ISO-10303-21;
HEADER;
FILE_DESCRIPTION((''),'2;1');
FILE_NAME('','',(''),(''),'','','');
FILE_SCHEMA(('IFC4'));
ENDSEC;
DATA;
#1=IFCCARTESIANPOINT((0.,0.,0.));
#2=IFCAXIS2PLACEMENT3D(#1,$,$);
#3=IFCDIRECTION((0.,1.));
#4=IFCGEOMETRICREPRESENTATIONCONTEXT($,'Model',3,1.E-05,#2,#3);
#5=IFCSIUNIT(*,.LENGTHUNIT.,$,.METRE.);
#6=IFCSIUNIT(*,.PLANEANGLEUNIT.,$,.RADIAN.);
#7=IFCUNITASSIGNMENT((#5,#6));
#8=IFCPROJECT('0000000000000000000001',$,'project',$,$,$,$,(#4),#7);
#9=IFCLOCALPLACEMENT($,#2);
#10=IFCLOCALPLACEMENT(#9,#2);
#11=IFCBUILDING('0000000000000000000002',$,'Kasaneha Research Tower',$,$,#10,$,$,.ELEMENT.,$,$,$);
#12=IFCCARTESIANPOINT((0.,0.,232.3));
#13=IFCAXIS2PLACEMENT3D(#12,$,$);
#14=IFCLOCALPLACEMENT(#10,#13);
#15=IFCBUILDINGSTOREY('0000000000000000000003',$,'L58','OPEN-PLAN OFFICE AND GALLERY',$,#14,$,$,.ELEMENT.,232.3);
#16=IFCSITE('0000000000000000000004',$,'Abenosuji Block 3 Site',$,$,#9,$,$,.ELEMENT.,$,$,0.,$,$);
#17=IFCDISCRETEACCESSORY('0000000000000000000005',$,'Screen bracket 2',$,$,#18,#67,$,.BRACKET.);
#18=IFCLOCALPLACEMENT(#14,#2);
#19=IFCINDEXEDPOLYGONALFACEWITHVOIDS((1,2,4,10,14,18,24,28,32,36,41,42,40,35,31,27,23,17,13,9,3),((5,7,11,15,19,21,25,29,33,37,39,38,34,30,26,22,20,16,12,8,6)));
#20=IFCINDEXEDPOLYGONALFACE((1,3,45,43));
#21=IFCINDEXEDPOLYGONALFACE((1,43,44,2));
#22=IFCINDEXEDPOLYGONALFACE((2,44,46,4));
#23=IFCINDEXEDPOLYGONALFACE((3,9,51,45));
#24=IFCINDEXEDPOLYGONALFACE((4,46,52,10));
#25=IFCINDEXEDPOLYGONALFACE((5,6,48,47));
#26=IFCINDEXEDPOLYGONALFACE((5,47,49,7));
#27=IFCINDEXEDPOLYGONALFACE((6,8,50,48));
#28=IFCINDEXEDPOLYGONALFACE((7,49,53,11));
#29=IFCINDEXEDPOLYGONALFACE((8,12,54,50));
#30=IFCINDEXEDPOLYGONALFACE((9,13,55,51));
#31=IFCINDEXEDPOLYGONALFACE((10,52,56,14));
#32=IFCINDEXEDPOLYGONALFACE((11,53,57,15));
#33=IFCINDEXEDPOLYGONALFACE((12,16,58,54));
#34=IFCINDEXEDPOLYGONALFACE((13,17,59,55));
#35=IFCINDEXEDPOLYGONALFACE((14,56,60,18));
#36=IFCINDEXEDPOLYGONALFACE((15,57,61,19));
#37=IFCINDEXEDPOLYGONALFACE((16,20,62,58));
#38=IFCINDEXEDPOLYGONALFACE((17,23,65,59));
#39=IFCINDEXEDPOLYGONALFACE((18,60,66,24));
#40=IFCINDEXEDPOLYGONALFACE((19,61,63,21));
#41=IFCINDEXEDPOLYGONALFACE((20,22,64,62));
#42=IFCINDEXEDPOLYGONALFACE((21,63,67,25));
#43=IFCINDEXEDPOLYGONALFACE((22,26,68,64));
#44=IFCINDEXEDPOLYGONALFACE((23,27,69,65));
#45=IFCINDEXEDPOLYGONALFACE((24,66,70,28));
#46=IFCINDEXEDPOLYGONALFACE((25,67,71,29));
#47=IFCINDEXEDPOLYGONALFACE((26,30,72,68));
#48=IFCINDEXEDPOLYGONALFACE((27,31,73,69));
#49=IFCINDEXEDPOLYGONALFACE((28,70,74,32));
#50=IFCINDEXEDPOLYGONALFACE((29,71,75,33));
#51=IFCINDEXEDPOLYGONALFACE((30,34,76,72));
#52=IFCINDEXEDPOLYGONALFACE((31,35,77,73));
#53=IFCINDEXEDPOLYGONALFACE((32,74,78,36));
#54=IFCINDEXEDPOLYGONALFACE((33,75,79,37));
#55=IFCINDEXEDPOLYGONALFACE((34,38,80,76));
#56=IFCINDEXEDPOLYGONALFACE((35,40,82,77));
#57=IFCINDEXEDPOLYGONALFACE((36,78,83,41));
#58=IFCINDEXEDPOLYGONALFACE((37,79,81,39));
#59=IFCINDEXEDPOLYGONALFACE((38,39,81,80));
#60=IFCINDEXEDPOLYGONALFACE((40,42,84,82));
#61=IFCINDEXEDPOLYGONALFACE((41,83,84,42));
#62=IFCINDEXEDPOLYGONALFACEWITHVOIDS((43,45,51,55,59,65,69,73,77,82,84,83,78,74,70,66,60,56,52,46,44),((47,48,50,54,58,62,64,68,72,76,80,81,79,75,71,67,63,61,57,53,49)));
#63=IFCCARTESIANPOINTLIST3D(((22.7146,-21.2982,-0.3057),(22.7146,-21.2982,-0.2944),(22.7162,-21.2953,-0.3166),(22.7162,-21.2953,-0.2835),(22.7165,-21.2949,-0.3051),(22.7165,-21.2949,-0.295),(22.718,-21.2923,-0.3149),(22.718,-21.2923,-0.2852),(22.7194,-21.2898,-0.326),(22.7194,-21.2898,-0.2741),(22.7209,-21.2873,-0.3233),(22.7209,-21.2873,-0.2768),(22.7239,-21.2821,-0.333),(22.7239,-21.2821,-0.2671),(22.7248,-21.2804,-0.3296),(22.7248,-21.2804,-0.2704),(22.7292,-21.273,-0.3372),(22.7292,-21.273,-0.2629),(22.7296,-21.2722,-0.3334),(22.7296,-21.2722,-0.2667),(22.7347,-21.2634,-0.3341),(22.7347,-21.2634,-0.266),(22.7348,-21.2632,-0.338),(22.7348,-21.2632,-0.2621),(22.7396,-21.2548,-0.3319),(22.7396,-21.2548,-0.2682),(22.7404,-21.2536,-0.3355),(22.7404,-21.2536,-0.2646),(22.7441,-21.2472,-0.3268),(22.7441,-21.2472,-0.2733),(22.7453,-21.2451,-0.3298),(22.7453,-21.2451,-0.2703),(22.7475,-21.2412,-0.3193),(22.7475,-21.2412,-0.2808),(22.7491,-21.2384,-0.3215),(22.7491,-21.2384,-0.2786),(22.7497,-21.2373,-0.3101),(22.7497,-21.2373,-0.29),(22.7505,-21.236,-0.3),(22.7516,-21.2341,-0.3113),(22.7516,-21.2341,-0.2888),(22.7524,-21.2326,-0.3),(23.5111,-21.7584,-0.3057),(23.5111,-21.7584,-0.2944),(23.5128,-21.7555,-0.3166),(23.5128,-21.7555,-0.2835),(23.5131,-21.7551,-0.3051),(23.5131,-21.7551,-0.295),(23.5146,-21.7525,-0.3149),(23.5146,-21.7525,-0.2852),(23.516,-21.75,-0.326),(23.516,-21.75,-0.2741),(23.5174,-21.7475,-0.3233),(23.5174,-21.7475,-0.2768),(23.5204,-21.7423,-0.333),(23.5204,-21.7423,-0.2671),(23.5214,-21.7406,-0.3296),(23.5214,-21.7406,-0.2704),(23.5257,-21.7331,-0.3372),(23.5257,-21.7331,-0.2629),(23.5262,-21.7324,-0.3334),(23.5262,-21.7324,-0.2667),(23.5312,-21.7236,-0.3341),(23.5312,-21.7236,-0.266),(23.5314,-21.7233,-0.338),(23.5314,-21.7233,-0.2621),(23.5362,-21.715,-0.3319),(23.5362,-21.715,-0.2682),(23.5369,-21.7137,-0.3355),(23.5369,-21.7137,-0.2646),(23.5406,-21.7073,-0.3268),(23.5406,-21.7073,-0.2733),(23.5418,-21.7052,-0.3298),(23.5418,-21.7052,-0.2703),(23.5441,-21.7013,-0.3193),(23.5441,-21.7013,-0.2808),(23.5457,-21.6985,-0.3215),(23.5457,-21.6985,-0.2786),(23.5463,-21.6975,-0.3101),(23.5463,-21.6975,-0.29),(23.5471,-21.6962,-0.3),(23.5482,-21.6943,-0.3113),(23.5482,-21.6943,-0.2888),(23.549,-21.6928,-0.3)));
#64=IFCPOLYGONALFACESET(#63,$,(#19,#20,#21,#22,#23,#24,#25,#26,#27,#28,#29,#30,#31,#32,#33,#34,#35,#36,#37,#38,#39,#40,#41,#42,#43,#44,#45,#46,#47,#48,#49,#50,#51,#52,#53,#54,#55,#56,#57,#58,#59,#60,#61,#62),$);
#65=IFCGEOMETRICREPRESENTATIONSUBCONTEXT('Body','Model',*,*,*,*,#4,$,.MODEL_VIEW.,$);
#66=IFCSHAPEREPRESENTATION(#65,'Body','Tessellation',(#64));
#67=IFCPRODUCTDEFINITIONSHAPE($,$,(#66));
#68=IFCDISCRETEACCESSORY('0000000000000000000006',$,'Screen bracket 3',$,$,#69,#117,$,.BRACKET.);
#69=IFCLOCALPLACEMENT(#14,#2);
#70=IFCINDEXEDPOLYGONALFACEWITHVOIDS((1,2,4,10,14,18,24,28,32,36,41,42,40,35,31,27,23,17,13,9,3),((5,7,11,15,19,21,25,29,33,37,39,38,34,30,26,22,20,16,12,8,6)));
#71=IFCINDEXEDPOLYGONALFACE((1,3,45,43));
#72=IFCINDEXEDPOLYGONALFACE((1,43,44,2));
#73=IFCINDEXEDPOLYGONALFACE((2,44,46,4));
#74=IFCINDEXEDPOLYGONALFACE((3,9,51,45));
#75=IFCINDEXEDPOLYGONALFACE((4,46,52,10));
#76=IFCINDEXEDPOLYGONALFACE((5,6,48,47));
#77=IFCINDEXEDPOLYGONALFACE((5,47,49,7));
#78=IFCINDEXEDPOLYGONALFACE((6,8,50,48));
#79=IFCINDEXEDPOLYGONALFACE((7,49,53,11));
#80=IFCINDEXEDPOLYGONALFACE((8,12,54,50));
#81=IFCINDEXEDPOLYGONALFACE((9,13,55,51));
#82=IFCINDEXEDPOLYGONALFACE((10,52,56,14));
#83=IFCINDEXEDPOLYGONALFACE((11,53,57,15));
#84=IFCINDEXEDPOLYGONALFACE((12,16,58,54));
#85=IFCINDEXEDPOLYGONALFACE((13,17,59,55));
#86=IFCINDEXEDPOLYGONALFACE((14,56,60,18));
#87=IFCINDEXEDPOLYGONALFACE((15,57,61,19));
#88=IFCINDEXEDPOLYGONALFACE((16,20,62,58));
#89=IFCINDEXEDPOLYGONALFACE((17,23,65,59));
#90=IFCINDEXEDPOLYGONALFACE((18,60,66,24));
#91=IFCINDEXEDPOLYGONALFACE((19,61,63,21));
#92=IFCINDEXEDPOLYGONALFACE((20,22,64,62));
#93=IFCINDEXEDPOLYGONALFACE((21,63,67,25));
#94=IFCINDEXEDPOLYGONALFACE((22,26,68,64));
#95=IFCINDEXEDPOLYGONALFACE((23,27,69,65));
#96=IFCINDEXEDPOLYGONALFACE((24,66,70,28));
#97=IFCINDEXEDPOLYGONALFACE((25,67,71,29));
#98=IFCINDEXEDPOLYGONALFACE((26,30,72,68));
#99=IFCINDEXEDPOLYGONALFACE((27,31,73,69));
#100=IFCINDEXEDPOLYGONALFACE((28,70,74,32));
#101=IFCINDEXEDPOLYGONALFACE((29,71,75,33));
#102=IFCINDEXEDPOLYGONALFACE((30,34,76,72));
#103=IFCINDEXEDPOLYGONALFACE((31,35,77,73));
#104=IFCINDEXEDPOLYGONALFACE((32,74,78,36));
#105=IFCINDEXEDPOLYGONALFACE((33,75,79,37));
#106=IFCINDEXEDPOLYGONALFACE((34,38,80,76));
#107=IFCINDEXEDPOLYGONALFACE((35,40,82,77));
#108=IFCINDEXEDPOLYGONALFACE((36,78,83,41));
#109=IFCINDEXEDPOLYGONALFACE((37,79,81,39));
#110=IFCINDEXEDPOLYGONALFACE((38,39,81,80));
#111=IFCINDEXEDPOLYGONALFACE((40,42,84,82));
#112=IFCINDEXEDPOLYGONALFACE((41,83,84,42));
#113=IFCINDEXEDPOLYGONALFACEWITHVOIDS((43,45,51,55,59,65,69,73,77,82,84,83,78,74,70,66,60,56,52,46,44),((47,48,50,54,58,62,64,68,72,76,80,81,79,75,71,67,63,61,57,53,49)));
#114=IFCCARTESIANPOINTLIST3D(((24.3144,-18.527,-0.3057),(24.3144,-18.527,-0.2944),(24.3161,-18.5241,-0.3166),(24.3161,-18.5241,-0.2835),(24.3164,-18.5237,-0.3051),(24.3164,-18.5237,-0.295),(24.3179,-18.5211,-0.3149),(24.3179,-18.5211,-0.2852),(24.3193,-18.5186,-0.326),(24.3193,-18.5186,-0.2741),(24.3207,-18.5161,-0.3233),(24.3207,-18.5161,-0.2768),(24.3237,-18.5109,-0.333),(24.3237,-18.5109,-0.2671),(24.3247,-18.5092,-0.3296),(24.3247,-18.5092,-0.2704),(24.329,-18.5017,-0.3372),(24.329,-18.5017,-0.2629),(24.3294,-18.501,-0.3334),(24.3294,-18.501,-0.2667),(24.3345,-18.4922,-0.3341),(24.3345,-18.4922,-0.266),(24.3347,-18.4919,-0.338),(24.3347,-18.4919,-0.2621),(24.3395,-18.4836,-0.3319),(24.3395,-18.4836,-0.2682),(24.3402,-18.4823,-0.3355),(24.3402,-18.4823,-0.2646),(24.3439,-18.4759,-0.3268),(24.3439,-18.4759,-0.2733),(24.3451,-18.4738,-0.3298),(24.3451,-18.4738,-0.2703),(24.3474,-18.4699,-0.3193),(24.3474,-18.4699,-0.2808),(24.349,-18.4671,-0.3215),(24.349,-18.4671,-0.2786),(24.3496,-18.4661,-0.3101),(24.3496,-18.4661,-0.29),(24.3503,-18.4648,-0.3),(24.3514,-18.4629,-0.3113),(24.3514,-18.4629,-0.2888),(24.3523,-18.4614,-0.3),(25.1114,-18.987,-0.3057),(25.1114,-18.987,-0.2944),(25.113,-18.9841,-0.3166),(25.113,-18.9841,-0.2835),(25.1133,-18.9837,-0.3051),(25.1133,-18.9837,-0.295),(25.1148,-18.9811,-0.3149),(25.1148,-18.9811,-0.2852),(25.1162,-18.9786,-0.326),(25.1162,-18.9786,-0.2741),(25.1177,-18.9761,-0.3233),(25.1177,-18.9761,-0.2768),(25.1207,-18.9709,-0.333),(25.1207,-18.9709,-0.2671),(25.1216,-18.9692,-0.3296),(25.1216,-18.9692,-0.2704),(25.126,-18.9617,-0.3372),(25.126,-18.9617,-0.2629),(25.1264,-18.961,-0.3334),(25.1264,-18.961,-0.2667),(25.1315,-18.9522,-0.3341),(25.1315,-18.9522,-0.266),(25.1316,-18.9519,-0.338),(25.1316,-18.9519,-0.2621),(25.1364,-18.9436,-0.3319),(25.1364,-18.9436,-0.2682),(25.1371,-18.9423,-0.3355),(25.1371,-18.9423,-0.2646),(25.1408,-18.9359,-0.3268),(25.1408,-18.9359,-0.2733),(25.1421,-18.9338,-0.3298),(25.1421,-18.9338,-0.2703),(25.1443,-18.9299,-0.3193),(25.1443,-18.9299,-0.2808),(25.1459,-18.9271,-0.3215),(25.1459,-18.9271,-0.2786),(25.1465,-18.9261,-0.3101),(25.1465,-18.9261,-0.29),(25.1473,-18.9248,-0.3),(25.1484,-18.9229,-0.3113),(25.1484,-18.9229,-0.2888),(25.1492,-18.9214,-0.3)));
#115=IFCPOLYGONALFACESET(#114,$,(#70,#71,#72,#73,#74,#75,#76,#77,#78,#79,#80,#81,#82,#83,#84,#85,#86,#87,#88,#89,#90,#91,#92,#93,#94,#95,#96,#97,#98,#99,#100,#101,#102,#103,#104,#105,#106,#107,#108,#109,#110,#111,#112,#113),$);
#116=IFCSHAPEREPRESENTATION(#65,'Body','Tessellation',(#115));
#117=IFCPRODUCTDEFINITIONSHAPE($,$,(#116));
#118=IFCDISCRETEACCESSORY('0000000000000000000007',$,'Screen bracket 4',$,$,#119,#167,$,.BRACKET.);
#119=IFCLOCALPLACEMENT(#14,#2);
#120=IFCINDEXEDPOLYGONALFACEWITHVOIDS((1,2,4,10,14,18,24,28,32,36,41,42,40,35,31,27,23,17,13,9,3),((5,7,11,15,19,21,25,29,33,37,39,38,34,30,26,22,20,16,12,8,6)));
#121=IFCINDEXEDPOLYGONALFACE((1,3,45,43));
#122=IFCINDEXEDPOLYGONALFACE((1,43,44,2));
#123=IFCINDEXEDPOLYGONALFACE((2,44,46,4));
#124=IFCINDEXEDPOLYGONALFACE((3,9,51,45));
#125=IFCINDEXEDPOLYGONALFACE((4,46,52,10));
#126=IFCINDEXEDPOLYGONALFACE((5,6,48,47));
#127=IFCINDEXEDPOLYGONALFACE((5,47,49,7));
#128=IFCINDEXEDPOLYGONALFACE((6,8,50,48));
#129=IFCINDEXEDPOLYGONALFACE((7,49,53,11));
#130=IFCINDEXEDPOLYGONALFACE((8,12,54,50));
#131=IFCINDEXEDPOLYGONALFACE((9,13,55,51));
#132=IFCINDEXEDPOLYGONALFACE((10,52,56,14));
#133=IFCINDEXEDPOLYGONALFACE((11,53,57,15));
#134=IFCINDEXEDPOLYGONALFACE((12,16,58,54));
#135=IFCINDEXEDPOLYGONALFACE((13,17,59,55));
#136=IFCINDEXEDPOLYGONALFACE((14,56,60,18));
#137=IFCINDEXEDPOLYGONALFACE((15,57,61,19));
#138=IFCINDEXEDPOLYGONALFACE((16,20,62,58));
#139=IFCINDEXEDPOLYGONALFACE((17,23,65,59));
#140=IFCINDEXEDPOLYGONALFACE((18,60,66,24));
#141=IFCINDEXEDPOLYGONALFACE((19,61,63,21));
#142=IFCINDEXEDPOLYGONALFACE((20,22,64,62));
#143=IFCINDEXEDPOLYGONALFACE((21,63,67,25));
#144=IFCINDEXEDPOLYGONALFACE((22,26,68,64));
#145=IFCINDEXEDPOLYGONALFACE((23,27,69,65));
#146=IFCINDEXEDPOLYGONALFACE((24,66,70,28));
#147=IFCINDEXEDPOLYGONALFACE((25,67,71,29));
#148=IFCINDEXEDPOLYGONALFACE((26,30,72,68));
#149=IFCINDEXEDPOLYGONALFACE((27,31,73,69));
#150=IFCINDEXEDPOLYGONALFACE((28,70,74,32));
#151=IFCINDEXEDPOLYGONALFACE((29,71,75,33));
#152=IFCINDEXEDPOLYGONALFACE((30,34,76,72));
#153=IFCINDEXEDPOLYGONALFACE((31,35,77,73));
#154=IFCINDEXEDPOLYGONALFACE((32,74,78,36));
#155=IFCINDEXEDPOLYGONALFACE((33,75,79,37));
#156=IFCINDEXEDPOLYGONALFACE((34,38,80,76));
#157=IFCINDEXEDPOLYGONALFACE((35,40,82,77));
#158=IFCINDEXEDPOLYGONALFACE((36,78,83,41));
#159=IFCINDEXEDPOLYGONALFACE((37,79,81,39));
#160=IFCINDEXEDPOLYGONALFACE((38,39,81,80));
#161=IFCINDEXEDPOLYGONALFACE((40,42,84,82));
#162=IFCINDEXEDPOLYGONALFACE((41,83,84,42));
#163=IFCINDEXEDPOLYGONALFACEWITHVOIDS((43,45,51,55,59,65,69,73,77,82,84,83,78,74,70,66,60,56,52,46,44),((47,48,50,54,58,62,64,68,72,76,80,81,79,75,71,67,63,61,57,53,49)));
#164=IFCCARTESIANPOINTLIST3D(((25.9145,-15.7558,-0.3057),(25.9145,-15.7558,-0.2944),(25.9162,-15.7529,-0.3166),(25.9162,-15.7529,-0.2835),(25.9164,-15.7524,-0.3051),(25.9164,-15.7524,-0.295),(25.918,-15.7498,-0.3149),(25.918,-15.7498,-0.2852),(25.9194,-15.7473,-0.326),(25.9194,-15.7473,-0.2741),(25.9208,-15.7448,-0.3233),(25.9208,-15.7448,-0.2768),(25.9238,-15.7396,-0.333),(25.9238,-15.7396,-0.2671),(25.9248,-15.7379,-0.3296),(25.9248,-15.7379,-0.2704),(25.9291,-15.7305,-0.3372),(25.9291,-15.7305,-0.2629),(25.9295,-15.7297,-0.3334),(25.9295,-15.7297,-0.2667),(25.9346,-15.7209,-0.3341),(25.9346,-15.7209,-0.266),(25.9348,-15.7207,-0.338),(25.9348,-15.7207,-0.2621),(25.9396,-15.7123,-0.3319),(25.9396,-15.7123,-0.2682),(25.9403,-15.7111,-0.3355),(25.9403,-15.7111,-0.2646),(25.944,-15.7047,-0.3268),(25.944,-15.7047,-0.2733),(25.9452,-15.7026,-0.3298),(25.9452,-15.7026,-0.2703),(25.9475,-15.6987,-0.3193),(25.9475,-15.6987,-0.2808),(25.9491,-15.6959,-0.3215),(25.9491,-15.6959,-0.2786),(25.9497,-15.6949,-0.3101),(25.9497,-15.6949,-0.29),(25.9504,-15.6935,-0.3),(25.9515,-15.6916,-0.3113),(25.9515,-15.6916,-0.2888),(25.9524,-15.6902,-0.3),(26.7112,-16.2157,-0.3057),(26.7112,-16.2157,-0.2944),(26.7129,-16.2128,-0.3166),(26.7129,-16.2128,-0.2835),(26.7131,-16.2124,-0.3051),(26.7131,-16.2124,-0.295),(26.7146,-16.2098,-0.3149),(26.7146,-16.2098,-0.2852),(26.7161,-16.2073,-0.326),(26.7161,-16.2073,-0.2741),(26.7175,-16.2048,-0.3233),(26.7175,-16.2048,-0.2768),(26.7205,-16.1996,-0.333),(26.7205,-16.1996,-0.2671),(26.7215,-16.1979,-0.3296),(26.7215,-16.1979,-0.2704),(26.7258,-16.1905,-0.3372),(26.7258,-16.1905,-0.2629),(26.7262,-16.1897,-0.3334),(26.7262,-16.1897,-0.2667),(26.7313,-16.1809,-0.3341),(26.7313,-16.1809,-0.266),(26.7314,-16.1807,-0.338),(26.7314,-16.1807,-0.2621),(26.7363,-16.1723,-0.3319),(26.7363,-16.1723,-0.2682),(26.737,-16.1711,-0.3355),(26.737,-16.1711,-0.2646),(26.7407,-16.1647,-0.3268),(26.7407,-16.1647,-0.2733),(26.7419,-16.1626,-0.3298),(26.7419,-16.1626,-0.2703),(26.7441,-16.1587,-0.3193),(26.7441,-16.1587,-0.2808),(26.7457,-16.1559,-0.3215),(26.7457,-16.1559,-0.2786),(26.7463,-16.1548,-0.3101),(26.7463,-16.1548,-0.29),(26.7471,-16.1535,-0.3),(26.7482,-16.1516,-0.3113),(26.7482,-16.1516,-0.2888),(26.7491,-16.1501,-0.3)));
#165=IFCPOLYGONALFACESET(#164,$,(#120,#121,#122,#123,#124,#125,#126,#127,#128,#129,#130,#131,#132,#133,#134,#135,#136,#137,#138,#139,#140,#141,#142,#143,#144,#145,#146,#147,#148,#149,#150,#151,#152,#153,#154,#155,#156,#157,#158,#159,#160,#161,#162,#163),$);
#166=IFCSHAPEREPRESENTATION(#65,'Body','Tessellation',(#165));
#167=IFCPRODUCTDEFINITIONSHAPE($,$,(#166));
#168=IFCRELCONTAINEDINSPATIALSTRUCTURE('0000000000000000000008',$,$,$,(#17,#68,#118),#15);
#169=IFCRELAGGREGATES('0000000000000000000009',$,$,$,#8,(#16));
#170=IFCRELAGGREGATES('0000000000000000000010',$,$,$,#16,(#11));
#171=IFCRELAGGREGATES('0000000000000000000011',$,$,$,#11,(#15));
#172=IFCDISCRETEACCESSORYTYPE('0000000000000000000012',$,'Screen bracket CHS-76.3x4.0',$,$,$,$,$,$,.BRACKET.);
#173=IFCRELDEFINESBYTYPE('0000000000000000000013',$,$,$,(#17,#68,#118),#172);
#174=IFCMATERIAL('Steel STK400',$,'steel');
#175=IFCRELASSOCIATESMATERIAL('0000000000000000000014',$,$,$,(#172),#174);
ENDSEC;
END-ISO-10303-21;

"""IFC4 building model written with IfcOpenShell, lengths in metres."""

from ifc_helpers import new_model, si_unit, direction, frame, origin, origin_2d, place, context, subcontext, project, spatial, hollow_circle, extrude, material, material_profile, profile_set, type_object, element, save


model = new_model("IFC4")

# Units and contexts
model_context = context("Model", 3, precision=1e-05, world=origin(), true_north=direction((0.0, 1.0)))
body_context = subcontext(model_context, "Body", "Model", "MODEL_VIEW")
ifc_project = project(units=[si_unit("LENGTHUNIT", "METRE"), si_unit("PLANEANGLEUNIT", "RADIAN")], contexts=[model_context])

# Site, building, storey
site_placement = place(None, origin())
site = spatial("IfcSite", under=ifc_project, at=site_placement, Name="Abenosuji Block 3 Site", CompositionType="ELEMENT", RefElevation=0.0)
building_placement = place(site_placement, origin())
building = spatial("IfcBuilding", under=site, at=building_placement, Name="Kasaneha Research Tower", CompositionType="ELEMENT")
storey_placement = place(building_placement, frame((0.0, 0.0, 232.3)))
storey = spatial("IfcBuildingStorey", under=building, at=storey_placement, Name="L58", Description="OPEN-PLAN OFFICE AND GALLERY", CompositionType="ELEMENT", Elevation=232.3)

# Discrete accessories
ifc_material_1 = material(Name="Steel STK400", Category="steel")
ifc_material_profile_1 = material_profile(ifc_material_1, hollow_circle(Radius=0.0381, WallThickness=0.0039, at=origin_2d()), Name="CHS-76.3x4.0")
ifc_profile_set_1 = profile_set([ifc_material_profile_1], Name="Steel STK400")
discrete_accessory_type = type_object("IfcDiscreteAccessoryType", Name="Screen bracket CHS-76.3x4.0", PredefinedType="BRACKET", material=ifc_profile_set_1)
discrete_accessory_1_placement = place(storey_placement, frame((22.7334, -21.2656, -0.3), z_axis=(0.865898, -0.50022, 0.0), x_axis=(0.50022, 0.865898, 0.0)))
element("IfcDiscreteAccessory", 1, at=discrete_accessory_1_placement, inside=storey, type_object=discrete_accessory_type, Name="Screen bracket 2", PredefinedType="BRACKET", context=body_context, shape_type="SweptSolid", body=[
    extrude(hollow_circle(Radius=0.0381, WallThickness=0.0039, at=origin_2d()), origin(), (0.0, 0.0, 1.0), 0.9199),
])
discrete_accessory_2_placement = place(storey_placement, frame((24.3333, -18.4944, -0.3), z_axis=(0.86608, -0.499906, 0.0), x_axis=(0.499906, 0.86608, 0.0)))
element("IfcDiscreteAccessory", 2, at=discrete_accessory_2_placement, inside=storey, type_object=discrete_accessory_type, Name="Screen bracket 3", PredefinedType="BRACKET", context=body_context, shape_type="SweptSolid", body=[
    extrude(hollow_circle(Radius=0.0381, WallThickness=0.0039, at=origin_2d()), origin(), (0.0, 0.0, 1.0), 0.9202),
])
discrete_accessory_3_placement = place(storey_placement, frame((25.9333, -15.7231, -0.3), z_axis=(0.866013, -0.500021, 0.0), x_axis=(0.500021, 0.866013, 0.0)))
element("IfcDiscreteAccessory", 3, at=discrete_accessory_3_placement, inside=storey, type_object=discrete_accessory_type, Name="Screen bracket 4", PredefinedType="BRACKET", context=body_context, shape_type="SweptSolid", body=[
    extrude(hollow_circle(Radius=0.0381, WallThickness=0.0039, at=origin_2d()), origin(), (0.0, 0.0, 1.0), 0.9199),
])

save(model, "model.ifc")
